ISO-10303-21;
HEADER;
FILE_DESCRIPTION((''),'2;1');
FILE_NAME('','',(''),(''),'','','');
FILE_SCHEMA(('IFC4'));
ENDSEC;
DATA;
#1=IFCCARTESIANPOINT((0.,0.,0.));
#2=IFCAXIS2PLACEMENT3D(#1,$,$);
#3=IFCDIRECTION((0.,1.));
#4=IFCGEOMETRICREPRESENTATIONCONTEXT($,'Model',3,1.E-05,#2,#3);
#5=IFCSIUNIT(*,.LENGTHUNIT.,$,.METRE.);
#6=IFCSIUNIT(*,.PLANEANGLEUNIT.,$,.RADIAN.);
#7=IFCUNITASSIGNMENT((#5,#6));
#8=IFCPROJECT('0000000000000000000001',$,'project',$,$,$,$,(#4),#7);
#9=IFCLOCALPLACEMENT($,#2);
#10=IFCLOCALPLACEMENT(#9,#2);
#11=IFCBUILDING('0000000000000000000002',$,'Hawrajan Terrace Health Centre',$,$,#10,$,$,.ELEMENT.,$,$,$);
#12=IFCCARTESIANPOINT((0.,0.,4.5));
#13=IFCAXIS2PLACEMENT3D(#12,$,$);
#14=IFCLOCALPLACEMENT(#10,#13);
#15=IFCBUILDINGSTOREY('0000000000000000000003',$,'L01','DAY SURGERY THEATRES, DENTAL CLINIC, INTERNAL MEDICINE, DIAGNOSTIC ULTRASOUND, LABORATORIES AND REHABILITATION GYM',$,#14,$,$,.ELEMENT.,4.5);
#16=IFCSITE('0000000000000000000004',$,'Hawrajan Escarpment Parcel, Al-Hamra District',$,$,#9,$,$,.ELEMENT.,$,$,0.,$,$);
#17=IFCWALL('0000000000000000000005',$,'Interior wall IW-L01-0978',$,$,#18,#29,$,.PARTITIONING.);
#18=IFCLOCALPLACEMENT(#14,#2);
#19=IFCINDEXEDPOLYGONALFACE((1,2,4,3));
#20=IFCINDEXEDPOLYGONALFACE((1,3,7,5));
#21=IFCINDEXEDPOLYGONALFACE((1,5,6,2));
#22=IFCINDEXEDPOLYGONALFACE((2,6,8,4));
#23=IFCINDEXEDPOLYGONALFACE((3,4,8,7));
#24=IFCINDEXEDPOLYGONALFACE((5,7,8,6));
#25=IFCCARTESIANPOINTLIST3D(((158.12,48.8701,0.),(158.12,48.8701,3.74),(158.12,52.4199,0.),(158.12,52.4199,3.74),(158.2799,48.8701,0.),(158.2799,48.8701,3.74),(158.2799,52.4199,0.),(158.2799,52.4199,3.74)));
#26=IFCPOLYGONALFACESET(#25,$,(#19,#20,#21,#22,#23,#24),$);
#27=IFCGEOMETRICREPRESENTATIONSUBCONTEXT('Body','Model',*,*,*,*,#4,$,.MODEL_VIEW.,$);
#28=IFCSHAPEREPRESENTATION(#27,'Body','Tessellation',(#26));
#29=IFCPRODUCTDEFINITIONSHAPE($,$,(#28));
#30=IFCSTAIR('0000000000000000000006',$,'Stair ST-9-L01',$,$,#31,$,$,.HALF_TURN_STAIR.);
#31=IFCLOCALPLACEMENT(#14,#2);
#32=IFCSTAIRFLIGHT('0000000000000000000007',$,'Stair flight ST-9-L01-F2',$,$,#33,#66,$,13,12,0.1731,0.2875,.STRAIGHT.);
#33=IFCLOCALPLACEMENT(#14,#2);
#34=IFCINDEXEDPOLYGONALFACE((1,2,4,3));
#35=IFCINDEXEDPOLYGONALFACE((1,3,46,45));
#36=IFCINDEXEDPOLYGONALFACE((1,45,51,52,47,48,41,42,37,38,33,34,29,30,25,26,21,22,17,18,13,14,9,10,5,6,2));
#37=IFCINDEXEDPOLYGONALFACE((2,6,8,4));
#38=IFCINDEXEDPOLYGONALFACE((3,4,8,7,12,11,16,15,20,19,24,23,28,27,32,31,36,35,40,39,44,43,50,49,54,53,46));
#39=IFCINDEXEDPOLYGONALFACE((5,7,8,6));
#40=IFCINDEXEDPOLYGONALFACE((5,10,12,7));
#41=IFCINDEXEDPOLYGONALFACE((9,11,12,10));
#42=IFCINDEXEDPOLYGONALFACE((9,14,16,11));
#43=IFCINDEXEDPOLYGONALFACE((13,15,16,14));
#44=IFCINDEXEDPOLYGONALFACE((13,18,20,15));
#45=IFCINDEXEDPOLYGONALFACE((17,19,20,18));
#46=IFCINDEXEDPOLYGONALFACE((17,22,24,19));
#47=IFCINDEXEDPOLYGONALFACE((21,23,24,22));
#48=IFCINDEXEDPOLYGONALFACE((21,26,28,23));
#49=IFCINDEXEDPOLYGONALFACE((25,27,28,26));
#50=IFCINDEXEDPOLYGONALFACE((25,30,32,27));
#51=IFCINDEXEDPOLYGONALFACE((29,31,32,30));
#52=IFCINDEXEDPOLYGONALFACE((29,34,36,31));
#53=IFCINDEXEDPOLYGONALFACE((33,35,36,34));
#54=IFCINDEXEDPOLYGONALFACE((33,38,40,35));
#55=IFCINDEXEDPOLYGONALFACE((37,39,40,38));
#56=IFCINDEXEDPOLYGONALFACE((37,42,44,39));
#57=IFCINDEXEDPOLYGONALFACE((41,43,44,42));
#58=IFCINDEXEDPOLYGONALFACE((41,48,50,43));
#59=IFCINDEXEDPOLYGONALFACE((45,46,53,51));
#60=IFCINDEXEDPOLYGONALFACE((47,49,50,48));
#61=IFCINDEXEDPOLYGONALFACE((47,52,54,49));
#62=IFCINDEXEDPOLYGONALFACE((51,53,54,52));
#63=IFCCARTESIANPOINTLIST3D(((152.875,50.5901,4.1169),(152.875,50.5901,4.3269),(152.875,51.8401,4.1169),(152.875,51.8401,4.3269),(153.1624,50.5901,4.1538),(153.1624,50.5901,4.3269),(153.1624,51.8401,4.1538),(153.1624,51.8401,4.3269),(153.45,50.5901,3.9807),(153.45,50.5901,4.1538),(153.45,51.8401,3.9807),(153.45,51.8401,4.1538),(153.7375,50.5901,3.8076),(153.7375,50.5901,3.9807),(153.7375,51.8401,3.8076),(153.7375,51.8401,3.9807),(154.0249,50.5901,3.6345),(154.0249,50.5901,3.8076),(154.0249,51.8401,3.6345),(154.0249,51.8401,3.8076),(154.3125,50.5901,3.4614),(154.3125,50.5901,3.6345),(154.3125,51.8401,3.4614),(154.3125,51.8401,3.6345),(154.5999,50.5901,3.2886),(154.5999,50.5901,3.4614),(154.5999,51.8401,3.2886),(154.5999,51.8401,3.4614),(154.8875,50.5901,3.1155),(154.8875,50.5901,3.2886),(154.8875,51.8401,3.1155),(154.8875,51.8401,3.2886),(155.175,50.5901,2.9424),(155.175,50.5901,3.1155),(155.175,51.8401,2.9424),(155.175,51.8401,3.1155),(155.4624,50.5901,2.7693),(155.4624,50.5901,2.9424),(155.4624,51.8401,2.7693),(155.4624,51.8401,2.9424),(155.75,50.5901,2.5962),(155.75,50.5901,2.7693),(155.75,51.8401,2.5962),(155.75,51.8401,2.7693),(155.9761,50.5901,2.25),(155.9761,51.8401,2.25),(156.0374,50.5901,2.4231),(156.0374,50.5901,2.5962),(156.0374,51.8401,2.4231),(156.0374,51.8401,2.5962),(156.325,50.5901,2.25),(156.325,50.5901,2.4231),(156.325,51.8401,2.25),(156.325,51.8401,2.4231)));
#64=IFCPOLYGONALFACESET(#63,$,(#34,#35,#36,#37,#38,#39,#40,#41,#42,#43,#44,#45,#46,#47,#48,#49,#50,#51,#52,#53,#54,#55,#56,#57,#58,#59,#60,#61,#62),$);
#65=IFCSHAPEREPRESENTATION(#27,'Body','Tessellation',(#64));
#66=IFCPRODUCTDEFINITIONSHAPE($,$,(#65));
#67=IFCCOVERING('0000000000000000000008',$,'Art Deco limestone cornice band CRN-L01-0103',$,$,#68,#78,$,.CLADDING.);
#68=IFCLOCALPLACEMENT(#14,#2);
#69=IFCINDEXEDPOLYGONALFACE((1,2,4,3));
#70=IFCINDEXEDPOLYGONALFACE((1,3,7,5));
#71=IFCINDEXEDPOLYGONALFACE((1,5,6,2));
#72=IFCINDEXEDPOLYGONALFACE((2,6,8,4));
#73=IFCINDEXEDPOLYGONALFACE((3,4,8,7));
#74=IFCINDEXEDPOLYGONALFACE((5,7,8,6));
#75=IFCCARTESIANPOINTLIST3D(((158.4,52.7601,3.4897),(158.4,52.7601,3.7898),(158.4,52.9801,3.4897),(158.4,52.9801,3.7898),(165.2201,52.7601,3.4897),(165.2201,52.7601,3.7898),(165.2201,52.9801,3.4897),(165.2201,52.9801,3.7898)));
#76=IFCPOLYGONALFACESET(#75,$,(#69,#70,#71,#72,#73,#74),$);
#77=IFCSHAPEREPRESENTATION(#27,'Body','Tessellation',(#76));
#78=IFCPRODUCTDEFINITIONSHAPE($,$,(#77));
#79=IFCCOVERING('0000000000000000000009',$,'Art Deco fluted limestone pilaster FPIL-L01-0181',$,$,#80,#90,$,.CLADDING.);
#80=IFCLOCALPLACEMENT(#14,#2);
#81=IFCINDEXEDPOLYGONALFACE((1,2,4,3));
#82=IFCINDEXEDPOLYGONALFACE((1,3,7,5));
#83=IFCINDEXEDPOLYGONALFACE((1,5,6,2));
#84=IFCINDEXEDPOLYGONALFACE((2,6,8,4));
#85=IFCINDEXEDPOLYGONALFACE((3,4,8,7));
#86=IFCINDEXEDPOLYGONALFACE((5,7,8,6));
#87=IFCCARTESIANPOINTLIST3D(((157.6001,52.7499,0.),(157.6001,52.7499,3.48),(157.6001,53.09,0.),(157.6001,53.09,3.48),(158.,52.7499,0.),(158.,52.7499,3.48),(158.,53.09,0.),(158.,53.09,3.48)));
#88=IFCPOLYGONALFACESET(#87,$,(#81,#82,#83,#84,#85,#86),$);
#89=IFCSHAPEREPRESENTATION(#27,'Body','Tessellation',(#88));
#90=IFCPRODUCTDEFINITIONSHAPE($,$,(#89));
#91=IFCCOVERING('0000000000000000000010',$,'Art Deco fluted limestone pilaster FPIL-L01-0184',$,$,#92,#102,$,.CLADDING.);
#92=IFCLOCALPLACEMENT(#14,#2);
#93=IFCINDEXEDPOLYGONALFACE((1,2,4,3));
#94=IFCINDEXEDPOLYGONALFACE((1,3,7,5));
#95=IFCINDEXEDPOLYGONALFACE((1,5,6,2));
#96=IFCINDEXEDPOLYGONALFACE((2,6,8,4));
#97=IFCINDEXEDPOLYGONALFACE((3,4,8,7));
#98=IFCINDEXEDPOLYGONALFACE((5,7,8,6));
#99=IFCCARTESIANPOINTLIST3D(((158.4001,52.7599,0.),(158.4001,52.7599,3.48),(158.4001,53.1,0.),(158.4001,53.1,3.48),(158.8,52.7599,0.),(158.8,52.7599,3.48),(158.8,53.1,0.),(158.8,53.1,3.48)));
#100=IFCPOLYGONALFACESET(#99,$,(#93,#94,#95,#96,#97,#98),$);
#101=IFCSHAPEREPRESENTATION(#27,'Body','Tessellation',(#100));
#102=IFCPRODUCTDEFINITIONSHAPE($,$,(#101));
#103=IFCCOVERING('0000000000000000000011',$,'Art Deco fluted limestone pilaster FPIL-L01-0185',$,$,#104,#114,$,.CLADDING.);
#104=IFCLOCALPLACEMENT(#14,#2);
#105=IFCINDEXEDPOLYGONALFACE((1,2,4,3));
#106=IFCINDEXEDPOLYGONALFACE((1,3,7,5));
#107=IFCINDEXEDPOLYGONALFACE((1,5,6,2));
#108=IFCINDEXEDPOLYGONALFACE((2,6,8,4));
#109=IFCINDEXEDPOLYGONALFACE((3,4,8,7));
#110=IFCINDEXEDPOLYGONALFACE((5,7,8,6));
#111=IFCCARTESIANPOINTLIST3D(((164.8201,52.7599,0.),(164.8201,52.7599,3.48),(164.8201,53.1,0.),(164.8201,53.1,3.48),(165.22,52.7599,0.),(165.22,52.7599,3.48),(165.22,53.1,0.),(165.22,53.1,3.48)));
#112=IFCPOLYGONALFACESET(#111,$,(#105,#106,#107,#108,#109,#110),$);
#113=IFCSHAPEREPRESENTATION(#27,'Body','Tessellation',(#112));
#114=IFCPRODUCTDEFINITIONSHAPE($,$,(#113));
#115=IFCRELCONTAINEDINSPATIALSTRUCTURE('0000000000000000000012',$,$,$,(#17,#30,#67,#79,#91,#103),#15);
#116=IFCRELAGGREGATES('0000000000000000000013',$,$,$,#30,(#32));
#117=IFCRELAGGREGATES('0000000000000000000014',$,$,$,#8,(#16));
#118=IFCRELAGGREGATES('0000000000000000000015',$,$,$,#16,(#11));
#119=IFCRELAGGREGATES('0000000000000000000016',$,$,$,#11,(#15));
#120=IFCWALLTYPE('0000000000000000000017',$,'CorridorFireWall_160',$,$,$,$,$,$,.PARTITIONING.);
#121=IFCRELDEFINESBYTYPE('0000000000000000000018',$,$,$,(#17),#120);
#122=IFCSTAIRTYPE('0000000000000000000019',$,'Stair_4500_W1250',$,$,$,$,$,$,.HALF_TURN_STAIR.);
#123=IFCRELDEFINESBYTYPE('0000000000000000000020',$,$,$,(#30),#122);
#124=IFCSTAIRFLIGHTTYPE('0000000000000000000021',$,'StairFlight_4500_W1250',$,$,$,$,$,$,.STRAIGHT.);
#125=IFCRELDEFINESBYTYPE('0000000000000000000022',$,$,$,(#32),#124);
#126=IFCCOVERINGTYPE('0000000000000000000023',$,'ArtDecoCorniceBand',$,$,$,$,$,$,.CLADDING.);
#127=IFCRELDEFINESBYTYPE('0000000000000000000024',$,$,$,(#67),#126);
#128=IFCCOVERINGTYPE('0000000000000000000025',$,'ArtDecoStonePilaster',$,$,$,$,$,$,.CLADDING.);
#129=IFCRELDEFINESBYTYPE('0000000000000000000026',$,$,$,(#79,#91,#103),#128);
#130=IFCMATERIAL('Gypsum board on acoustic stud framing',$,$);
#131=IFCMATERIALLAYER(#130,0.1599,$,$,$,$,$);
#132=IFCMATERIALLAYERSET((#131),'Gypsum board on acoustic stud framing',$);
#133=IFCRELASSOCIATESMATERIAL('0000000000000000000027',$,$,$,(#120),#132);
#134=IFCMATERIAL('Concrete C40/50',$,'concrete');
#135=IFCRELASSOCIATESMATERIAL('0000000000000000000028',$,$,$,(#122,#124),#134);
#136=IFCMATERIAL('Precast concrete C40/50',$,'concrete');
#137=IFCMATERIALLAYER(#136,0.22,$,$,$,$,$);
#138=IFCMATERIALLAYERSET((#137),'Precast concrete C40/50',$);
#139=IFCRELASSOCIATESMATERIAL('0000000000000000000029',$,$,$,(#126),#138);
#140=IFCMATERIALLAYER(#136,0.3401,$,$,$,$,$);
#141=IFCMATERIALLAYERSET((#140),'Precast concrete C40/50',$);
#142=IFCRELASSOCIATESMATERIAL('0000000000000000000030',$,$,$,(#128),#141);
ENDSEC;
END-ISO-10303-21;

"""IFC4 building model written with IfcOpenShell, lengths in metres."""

from ifc_helpers import new_model, si_unit, direction, frame, frame_2d, origin, origin_2d, place, context, subcontext, project, spatial, polyline, rectangle, outline, extrude, material, layer, layer_set, type_object, element, aggregate, save


model = new_model("IFC4")

# Units and contexts
model_context = context("Model", 3, precision=1e-05, world=origin(), true_north=direction((0.0, 1.0)))
body_context = subcontext(model_context, "Body", "Model", "MODEL_VIEW")
ifc_project = project(units=[si_unit("LENGTHUNIT", "METRE"), si_unit("PLANEANGLEUNIT", "RADIAN")], contexts=[model_context])

# Site, building, storey
site_placement = place(None, origin())
site = spatial("IfcSite", under=ifc_project, at=site_placement, Name="Hawrajan Escarpment Parcel, Al-Hamra District", CompositionType="ELEMENT", RefElevation=0.0)
building_placement = place(site_placement, origin())
building = spatial("IfcBuilding", under=site, at=building_placement, Name="Hawrajan Terrace Health Centre", CompositionType="ELEMENT")
storey_placement = place(building_placement, frame((0.0, 0.0, 4.5)))
storey = spatial("IfcBuildingStorey", under=building, at=storey_placement, Name="L01", Description="DAY SURGERY THEATRES, DENTAL CLINIC, INTERNAL MEDICINE, DIAGNOSTIC ULTRASOUND, LABORATORIES AND REHABILITATION GYM", CompositionType="ELEMENT", Elevation=4.5)

# Shared definitions
ifc_material_1 = material(Name="Concrete C40/50", Category="concrete")

# Shared definitions
ifc_material_2 = material(Name="Gypsum board on acoustic stud framing")

# Shared definitions
ifc_material_3 = material(Name="Precast concrete C40/50", Category="concrete")

# Wall
ifc_layer_1 = layer(ifc_material_2, 0.1599)
ifc_layer_set_1 = layer_set([ifc_layer_1], Name="Gypsum board on acoustic stud framing")
wall_type_1 = type_object("IfcWallType", Name="CorridorFireWall_160", PredefinedType="PARTITIONING", material=ifc_layer_set_1)
wall_1_placement = place(storey_placement, frame((158.2, 48.8701, 0.0), z_axis=(0.0, 0.0, 1.0), x_axis=(0.0, 1.0, 0.0)))
element("IfcWall", 1, at=wall_1_placement, inside=storey, type_object=wall_type_1, Name="Interior wall IW-L01-0978", PredefinedType="PARTITIONING", context=body_context, shape_type="SweptSolid", body=[
    extrude(rectangle(XDim=3.5498, YDim=0.1599, at=frame_2d((1.7749, 0.0))), origin(), (0.0, 0.0, 1.0), 3.74),
])

# Stair, stair flight
stair_type = type_object("IfcStairType", Name="Stair_4500_W1250", PredefinedType="HALF_TURN_STAIR", material=ifc_material_1)
stair_placement = place(storey_placement, origin())
stair = element("IfcStair", 2, at=stair_placement, inside=storey, type_object=stair_type, Name="Stair ST-9-L01", PredefinedType="HALF_TURN_STAIR")
stair_flight_type = type_object("IfcStairFlightType", Name="StairFlight_4500_W1250", PredefinedType="STRAIGHT", material=ifc_material_1)
stair_flight_placement = place(storey_placement, frame((156.325, 51.2151, 2.25), z_axis=(0.0, 0.0, 1.0), x_axis=(-1.0, 0.0, 0.0)))
stair_flight = element("IfcStairFlight", 3, at=stair_flight_placement, type_object=stair_flight_type, Name="Stair flight ST-9-L01-F2", NumberOfRisers=13, NumberOfTreads=12, PredefinedType="STRAIGHT", RiserHeight=0.1731, TreadLength=0.2875, context=body_context, shape_type="SweptSolid", body=[
    extrude(outline(polyline([(0.0, 0.0), (0.0, 0.1731), (0.2876, 0.1731), (0.2876, 0.3462), (0.575, 0.3462), (0.575, 0.5193), (0.8625, 0.5193), (0.8625, 0.6924), (1.1499, 0.6924), (1.1499, 0.8655), (1.4375, 0.8655), (1.4375, 1.0386), (1.7251, 1.0386), (1.7251, 1.2114), (2.0125, 1.2114), (2.0125, 1.3845), (2.3, 1.3845), (2.3, 1.5576), (2.5874, 1.5576), (2.5874, 1.7307), (2.875, 1.7307), (2.875, 1.9038), (3.1626, 1.9038), (3.1626, 2.0769), (3.45, 2.0769), (3.45, 2.25), (3.45, 1.8669), (0.3489, 0.0), (0.0, 0.0)])), frame((0.0, 0.625, 0.0), z_axis=(0.0, -1.0, 0.0), x_axis=(1.0, 0.0, 0.0)), (0.0, 0.0, 1.0), 1.25),
])
aggregate(stair, [stair_flight])

# Coverings
ifc_layer_2 = layer(ifc_material_3, 0.22)
ifc_layer_set_2 = layer_set([ifc_layer_2], Name="Precast concrete C40/50")
covering_type_1 = type_object("IfcCoveringType", Name="ArtDecoCorniceBand", PredefinedType="CLADDING", material=ifc_layer_set_2)
covering_placement = place(storey_placement, frame((161.8101, 52.8701, 3.4897), z_axis=(0.0, 0.0, 1.0), x_axis=(1.0, 0.0, 0.0)))
element("IfcCovering", 4, at=covering_placement, inside=storey, type_object=covering_type_1, Name="Art Deco limestone cornice band CRN-L01-0103", PredefinedType="CLADDING", context=body_context, shape_type="SweptSolid", body=[
    extrude(rectangle(XDim=6.8201, YDim=0.22, at=origin_2d()), origin(), (0.0, 0.0, 1.0), 0.3),
])
ifc_layer_3 = layer(ifc_material_3, 0.3401)
ifc_layer_set_3 = layer_set([ifc_layer_3], Name="Precast concrete C40/50")
covering_type_2 = type_object("IfcCoveringType", Name="ArtDecoStonePilaster", PredefinedType="CLADDING", material=ifc_layer_set_3)
for number, where, z_axis, x_axis, name in (
    (5, (157.8, 52.9199, 0.0), (0.0, 0.0, 1.0), (1.0, 0.0, 0.0), "Art Deco fluted limestone pilaster FPIL-L01-0181"),
    (6, (158.6001, 52.9299, 0.0), (0.0, 0.0, 1.0), (1.0, 0.0, 0.0), "Art Deco fluted limestone pilaster FPIL-L01-0184"),
    (7, (165.02, 52.9299, 0.0), (0.0, 0.0, 1.0), (1.0, 0.0, 0.0), "Art Deco fluted limestone pilaster FPIL-L01-0185"),
):
    element("IfcCovering", number, at=place(storey_placement, frame(where, z_axis=z_axis, x_axis=x_axis)), inside=storey, type_object=covering_type_2, Name=name, PredefinedType="CLADDING", context=body_context, shape_type="SweptSolid", body=[
        extrude(rectangle(XDim=0.3999, YDim=0.3401, at=origin_2d()), origin(), (0.0, 0.0, 1.0), 3.48),
    ])

save(model, "model.ifc")
